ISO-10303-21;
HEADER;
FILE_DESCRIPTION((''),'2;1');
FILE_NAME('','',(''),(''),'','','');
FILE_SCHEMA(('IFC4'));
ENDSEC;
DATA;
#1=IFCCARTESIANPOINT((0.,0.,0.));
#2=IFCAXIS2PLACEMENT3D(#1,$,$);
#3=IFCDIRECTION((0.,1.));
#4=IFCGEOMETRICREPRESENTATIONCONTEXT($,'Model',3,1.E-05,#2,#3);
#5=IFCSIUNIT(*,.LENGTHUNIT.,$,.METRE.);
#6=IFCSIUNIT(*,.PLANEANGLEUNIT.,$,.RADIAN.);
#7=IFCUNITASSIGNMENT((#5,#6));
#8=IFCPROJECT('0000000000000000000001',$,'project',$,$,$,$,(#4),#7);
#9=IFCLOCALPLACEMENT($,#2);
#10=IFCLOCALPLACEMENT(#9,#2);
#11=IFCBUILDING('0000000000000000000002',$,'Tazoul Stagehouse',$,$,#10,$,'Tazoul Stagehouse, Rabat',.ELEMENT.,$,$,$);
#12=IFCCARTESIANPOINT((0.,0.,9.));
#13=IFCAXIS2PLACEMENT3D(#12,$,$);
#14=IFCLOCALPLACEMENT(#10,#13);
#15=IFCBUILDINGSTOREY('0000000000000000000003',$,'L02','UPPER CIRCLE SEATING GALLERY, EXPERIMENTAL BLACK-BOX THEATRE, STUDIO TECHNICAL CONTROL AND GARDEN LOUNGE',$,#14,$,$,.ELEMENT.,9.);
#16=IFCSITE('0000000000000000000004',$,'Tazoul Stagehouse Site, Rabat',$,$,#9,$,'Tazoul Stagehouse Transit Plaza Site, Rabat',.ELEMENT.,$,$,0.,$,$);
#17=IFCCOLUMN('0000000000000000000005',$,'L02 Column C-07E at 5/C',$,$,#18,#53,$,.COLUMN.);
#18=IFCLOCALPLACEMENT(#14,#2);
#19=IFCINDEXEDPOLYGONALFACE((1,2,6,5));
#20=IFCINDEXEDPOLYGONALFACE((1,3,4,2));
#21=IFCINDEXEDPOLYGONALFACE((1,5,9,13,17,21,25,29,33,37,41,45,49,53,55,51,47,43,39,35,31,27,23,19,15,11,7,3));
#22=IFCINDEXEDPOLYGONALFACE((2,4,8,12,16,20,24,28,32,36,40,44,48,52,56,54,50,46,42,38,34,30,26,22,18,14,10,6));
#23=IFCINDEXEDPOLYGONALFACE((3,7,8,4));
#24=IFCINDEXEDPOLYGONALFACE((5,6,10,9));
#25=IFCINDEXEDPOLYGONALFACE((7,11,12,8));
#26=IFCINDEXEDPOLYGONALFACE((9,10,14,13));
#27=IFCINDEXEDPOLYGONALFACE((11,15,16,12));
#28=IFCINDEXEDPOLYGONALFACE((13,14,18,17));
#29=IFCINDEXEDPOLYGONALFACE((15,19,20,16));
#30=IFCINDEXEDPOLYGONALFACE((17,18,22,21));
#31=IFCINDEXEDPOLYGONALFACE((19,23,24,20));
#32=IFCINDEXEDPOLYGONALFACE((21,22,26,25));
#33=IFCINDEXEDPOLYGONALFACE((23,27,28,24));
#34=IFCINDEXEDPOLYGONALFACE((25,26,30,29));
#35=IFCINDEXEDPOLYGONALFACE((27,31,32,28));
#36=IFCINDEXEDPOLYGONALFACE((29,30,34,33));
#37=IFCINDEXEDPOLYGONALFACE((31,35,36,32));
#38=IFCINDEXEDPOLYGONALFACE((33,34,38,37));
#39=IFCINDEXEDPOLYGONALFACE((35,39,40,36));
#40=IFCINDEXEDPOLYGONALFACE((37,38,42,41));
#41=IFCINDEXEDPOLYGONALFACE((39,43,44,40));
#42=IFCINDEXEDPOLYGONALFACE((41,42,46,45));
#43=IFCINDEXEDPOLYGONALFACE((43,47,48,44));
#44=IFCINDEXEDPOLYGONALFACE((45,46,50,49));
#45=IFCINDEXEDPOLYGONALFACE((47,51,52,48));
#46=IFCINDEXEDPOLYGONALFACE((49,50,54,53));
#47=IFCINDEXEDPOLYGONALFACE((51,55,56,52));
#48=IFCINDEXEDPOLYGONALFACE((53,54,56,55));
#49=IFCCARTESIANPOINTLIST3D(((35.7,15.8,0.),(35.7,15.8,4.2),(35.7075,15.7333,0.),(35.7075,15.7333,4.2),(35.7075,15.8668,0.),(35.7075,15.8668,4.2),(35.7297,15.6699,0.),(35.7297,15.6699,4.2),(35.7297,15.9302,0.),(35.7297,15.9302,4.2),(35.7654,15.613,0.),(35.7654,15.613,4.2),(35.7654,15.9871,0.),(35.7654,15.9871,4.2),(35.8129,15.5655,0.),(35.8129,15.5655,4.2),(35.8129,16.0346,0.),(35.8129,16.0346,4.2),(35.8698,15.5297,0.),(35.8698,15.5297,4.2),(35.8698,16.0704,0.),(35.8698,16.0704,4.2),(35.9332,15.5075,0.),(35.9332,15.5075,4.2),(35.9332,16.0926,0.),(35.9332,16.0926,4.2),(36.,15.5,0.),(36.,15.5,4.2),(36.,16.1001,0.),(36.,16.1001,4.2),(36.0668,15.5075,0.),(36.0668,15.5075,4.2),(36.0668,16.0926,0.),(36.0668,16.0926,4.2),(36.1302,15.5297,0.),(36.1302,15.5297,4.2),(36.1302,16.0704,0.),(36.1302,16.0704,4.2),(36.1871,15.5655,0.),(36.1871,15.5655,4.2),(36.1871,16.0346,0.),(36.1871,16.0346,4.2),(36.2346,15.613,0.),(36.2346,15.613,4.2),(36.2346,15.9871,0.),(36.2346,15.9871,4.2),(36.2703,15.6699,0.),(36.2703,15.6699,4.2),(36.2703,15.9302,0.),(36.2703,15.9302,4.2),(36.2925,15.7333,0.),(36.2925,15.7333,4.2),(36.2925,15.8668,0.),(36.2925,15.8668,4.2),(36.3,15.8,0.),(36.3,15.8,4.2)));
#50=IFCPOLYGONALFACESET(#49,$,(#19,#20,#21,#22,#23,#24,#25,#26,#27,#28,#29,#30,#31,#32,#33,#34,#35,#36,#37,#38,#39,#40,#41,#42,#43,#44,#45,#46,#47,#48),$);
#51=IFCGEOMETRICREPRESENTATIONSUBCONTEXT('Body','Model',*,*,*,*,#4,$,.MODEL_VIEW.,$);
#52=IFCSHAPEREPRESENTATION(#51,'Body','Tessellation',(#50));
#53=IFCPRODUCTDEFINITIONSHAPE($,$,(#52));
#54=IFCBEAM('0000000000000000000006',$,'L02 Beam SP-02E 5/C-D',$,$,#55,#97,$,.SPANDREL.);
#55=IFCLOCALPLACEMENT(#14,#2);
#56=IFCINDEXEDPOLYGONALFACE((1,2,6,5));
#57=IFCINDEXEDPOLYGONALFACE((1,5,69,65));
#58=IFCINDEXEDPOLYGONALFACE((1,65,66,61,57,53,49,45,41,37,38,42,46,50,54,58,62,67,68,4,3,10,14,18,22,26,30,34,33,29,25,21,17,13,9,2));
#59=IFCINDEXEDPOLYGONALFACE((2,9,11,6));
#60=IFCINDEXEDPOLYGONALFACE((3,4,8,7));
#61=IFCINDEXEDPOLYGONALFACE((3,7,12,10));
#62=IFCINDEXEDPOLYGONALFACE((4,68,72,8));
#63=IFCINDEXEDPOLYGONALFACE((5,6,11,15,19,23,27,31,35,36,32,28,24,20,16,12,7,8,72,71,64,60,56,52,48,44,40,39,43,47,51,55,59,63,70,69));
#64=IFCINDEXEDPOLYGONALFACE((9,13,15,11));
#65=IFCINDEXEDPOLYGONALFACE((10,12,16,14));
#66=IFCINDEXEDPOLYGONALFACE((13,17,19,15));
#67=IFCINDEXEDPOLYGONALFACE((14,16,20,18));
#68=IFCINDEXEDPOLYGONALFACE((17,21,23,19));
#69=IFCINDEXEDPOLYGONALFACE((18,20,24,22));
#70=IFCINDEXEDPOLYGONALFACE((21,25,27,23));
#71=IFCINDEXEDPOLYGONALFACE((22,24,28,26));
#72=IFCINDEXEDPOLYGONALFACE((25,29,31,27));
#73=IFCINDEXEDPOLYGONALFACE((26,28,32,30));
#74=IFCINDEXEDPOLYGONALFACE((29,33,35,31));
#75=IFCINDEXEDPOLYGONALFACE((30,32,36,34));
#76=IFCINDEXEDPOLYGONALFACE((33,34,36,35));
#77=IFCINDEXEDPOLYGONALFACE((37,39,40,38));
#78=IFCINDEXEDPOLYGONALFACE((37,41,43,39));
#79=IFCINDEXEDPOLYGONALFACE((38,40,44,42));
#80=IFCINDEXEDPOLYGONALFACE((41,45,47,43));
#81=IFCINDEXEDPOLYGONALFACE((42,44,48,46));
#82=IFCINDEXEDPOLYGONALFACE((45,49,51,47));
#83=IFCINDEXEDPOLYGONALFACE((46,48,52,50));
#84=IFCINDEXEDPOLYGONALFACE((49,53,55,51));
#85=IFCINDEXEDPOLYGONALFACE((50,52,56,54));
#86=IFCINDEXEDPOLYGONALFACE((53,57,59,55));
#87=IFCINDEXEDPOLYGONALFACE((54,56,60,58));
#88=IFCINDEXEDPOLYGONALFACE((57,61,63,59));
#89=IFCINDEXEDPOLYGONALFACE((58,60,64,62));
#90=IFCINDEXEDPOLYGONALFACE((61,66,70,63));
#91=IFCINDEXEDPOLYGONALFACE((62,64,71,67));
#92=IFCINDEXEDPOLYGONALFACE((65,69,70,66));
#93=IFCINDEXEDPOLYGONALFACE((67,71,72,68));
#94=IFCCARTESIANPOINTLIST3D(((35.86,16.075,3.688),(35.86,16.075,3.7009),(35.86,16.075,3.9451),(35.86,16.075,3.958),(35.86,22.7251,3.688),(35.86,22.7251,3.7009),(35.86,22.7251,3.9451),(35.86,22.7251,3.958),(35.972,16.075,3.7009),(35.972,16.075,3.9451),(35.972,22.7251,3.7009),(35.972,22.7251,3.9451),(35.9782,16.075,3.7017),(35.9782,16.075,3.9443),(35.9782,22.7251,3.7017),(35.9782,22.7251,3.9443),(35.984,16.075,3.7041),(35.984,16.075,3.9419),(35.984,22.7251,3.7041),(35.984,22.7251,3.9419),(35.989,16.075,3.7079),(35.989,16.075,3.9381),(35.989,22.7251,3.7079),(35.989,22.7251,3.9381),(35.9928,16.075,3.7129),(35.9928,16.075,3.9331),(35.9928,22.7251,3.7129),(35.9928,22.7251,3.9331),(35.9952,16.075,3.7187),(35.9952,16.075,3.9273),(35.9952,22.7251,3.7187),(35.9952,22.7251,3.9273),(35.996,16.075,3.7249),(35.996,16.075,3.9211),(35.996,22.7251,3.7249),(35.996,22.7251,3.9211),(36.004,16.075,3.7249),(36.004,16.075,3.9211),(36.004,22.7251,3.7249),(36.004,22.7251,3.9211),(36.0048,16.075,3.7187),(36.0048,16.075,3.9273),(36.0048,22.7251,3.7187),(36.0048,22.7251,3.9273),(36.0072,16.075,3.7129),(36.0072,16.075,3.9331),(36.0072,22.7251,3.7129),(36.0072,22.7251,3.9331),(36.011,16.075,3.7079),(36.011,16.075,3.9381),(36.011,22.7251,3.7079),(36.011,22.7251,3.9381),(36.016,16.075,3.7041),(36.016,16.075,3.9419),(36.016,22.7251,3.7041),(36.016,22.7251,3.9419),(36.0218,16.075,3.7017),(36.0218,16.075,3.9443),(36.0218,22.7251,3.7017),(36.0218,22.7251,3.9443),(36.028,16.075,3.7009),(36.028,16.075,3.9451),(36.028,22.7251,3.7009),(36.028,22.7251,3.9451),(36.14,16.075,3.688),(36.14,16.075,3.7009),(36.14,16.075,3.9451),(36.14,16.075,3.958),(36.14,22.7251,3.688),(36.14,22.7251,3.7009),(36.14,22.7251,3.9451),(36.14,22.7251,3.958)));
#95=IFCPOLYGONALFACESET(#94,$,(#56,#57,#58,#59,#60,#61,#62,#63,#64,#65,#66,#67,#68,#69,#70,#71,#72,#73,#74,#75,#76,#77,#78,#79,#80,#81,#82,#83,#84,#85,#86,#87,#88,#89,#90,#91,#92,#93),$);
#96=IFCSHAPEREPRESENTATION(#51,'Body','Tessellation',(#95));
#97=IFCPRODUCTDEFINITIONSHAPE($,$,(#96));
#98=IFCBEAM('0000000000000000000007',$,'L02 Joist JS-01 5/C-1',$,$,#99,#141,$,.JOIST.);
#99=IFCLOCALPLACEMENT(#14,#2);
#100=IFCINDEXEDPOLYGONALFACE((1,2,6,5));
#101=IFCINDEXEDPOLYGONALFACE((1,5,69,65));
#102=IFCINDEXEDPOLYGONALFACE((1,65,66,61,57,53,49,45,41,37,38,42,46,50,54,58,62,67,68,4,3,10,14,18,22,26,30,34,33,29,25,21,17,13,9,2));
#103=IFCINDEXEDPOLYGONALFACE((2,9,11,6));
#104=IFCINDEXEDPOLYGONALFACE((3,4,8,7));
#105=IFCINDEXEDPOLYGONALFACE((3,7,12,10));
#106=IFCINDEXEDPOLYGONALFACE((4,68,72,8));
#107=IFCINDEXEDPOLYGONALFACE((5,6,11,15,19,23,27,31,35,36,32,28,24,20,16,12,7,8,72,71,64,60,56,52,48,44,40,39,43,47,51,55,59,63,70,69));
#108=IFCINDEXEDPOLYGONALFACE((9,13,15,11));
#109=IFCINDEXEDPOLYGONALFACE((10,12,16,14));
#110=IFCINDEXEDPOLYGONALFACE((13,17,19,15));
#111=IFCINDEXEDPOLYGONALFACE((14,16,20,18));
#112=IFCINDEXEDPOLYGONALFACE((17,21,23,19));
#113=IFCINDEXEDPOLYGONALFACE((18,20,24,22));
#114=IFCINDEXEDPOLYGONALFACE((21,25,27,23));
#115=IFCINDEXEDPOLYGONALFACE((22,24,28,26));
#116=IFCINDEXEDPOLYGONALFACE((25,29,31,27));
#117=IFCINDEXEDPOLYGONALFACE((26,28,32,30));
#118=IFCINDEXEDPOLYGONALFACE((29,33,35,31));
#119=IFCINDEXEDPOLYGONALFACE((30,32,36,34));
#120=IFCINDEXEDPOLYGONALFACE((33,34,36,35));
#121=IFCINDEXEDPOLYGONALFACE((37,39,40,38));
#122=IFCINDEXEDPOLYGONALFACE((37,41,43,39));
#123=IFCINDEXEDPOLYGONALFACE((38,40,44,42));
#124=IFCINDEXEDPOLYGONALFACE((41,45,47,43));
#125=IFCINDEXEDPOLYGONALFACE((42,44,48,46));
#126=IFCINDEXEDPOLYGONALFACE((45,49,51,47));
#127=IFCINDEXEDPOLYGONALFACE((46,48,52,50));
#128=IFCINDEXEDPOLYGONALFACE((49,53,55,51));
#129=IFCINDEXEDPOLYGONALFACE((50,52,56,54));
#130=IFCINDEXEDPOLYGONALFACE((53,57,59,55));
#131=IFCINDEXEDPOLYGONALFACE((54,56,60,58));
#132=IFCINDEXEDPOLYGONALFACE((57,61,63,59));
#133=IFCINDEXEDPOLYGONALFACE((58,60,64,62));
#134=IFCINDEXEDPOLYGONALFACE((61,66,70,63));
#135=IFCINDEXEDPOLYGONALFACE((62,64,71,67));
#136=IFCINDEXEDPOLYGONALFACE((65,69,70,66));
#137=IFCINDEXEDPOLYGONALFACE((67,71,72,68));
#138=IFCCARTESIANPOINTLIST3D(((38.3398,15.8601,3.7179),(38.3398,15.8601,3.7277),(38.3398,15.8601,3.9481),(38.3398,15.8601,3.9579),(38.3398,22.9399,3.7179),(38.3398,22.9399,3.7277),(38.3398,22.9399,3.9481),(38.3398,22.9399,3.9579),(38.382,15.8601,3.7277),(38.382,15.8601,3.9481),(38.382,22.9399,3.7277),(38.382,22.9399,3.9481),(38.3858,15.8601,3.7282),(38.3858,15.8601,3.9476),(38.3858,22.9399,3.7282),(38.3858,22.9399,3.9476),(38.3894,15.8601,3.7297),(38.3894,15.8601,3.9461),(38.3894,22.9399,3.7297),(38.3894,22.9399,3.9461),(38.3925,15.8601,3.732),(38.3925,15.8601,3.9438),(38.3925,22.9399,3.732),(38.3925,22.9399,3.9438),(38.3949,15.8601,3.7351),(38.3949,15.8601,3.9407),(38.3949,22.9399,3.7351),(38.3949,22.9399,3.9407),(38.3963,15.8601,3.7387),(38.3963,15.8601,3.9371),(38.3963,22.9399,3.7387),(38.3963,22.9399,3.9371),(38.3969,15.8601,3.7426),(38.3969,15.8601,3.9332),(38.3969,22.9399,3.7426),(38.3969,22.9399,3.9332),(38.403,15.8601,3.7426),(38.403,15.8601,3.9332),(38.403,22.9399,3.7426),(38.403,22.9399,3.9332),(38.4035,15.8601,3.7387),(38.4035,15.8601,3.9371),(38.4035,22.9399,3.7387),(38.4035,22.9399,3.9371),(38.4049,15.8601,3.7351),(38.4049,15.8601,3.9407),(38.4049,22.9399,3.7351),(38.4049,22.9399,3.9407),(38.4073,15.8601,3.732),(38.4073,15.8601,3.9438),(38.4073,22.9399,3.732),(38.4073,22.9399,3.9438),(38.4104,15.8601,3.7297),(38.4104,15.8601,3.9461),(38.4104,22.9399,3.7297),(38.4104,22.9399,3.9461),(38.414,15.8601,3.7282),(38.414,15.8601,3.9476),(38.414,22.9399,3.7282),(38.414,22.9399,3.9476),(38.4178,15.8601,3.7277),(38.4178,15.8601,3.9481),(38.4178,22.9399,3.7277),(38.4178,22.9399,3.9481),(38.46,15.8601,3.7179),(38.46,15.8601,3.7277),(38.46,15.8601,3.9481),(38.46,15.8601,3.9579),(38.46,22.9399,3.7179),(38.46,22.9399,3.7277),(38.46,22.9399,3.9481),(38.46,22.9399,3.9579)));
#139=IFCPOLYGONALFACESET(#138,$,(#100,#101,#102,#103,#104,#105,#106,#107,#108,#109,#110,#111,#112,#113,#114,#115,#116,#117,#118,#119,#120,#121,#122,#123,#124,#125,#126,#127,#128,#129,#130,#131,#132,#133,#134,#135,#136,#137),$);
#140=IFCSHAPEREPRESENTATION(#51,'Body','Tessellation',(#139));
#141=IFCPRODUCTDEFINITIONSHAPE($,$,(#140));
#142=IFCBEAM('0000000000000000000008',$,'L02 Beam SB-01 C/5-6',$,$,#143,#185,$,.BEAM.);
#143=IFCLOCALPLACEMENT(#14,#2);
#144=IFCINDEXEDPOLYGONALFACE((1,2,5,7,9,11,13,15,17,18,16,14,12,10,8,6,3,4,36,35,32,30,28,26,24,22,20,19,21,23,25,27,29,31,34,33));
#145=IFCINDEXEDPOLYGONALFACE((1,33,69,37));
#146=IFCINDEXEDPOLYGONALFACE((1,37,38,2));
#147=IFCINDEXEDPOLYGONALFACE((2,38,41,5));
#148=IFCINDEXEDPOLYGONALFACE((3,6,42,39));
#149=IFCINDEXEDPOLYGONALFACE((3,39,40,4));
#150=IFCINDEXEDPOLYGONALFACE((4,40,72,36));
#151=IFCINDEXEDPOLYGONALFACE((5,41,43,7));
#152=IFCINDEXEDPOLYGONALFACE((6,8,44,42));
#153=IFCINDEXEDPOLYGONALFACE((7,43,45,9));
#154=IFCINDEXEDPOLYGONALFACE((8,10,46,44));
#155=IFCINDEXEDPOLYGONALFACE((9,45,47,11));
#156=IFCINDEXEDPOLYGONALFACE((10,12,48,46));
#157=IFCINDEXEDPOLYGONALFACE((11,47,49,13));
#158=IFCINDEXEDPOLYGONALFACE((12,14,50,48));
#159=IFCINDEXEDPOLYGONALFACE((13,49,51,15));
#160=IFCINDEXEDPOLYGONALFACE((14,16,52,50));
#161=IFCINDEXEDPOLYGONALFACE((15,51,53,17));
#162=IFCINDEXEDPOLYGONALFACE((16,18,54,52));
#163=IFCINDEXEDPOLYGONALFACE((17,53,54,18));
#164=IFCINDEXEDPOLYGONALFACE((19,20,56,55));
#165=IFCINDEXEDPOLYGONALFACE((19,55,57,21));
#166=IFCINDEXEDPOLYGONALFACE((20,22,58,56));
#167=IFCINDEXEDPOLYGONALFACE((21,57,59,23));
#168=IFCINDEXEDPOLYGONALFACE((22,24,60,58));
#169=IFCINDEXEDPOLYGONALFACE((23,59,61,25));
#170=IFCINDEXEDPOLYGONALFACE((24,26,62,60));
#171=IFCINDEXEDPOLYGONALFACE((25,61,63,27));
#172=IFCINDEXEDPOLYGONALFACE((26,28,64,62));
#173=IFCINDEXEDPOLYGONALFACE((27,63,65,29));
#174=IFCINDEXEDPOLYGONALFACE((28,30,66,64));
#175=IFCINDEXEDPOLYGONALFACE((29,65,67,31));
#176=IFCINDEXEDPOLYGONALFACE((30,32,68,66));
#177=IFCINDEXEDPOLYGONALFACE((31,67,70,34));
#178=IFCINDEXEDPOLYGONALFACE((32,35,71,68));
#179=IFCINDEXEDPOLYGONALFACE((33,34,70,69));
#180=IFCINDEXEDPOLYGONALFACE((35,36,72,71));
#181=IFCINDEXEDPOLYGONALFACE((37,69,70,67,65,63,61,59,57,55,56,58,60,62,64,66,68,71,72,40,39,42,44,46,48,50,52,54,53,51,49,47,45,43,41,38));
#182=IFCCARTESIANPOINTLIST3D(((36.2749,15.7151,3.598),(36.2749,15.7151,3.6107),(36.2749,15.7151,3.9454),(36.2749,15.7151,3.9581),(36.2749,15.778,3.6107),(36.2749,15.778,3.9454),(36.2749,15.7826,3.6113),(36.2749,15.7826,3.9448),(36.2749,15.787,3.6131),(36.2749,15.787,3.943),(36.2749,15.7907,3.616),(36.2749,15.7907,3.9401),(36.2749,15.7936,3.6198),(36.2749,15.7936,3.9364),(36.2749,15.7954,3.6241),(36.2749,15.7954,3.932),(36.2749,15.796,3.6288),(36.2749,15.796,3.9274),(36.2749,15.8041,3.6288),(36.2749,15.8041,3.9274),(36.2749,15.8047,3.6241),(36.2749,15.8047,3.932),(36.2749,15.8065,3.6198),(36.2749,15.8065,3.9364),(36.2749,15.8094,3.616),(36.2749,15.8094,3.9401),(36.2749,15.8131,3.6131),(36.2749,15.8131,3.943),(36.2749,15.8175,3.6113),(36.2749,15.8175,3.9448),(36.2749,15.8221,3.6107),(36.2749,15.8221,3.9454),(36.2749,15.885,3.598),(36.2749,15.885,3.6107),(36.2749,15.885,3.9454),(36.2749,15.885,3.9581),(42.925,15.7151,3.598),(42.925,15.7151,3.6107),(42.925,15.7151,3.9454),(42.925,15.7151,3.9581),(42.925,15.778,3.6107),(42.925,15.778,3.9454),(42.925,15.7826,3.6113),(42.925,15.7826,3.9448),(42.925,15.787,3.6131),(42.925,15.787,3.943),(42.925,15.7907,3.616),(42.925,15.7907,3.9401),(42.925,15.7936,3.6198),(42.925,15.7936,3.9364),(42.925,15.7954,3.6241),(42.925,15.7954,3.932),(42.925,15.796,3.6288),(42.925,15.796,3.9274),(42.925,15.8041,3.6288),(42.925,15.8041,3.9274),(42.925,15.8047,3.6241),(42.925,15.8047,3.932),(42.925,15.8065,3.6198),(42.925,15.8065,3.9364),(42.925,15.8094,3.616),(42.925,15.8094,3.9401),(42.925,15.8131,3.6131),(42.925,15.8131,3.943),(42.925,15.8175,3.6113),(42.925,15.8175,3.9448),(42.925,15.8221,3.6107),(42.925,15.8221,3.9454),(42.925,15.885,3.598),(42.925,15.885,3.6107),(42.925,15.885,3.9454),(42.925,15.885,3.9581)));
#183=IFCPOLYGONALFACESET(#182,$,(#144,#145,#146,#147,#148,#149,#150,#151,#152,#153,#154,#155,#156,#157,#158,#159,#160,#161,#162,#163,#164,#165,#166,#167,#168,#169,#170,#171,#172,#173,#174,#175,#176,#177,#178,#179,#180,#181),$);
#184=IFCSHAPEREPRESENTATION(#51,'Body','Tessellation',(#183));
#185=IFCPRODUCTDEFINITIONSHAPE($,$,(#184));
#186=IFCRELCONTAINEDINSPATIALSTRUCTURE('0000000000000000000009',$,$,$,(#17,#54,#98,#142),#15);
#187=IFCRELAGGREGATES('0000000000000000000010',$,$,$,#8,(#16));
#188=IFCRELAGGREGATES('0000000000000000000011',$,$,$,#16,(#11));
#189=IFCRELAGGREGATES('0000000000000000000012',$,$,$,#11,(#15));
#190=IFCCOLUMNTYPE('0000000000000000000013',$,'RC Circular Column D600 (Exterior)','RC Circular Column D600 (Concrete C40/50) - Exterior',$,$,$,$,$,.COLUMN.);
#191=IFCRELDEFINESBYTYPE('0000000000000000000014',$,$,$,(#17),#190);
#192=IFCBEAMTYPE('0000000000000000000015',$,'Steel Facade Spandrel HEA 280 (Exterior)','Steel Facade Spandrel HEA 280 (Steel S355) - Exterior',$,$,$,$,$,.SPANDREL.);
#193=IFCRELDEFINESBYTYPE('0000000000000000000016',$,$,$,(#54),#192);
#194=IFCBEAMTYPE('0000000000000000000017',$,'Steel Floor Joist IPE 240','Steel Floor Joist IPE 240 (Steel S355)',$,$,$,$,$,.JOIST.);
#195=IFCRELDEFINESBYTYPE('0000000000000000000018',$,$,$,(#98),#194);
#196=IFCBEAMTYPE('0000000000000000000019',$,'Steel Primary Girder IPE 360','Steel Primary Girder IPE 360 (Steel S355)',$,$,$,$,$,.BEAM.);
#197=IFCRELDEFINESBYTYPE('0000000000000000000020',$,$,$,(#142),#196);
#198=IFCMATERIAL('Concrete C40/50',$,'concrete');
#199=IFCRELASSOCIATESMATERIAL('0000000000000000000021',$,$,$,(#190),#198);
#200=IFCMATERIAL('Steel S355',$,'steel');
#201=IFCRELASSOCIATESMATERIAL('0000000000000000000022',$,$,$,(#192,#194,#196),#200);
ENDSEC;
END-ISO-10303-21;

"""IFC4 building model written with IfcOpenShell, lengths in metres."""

from ifc_helpers import new_model, si_unit, direction, frame, origin, origin_2d, place, context, subcontext, project, spatial, circle, i_section, extrude, material, material_profile, profile_set, type_object, element, save


model = new_model("IFC4")

# Units and contexts
model_context = context("Model", 3, precision=1e-05, world=origin(), true_north=direction((0.0, 1.0)))
body_context = subcontext(model_context, "Body", "Model", "MODEL_VIEW")
ifc_project = project(units=[si_unit("LENGTHUNIT", "METRE"), si_unit("PLANEANGLEUNIT", "RADIAN")], contexts=[model_context])

# Site, building, storey
site_placement = place(None, origin())
site = spatial("IfcSite", under=ifc_project, at=site_placement, Name="Tazoul Stagehouse Site, Rabat", LongName="Tazoul Stagehouse Transit Plaza Site, Rabat", CompositionType="ELEMENT", RefElevation=0.0)
building_placement = place(site_placement, origin())
building = spatial("IfcBuilding", under=site, at=building_placement, Name="Tazoul Stagehouse", LongName="Tazoul Stagehouse, Rabat", CompositionType="ELEMENT")
storey_placement = place(building_placement, frame((0.0, 0.0, 9.0)))
storey = spatial("IfcBuildingStorey", under=building, at=storey_placement, Name="L02", Description="UPPER CIRCLE SEATING GALLERY, EXPERIMENTAL BLACK-BOX THEATRE, STUDIO TECHNICAL CONTROL AND GARDEN LOUNGE", CompositionType="ELEMENT", Elevation=9.0)

# Column
ifc_material_1 = material(Name="Concrete C40/50", Category="concrete")
ifc_material_profile_1 = material_profile(ifc_material_1, circle(Radius=0.3, at=origin_2d()), Name="RC D600")
ifc_profile_set_1 = profile_set([ifc_material_profile_1], Name="Concrete C40/50")
column_type = type_object("IfcColumnType", Name="RC Circular Column D600 (Exterior)", Description="RC Circular Column D600 (Concrete C40/50) - Exterior", PredefinedType="COLUMN", material=ifc_profile_set_1)
column_placement = place(storey_placement, frame((36.0, 15.8, 0.0), z_axis=(0.0, 0.0, 1.0), x_axis=(1.0, 0.0, 0.0)))
element("IfcColumn", 1, at=column_placement, inside=storey, type_object=column_type, Name="L02 Column C-07E at 5/C", PredefinedType="COLUMN", context=body_context, shape_type="SweptSolid", body=[
    extrude(circle(Radius=0.3, at=origin_2d()), origin(), (0.0, 0.0, 1.0), 4.2),
])

# Beams
ifc_material_2 = material(Name="Steel S355", Category="steel")
ifc_material_profile_2 = material_profile(ifc_material_2, i_section(OverallWidth=0.28, OverallDepth=0.27, WebThickness=0.0081, FlangeThickness=0.0129, FilletRadius=0.0239, at=origin_2d()), Name="HEA 280")
ifc_profile_set_2 = profile_set([ifc_material_profile_2], Name="Steel S355")
beam_type_1 = type_object("IfcBeamType", Name="Steel Facade Spandrel HEA 280 (Exterior)", Description="Steel Facade Spandrel HEA 280 (Steel S355) - Exterior", PredefinedType="SPANDREL", material=ifc_profile_set_2)
beam_1_placement = place(storey_placement, frame((36.0, 16.075, 3.823), z_axis=(0.0, 1.0, 0.0), x_axis=(-1.0, 0.0, 0.0)))
element("IfcBeam", 2, at=beam_1_placement, inside=storey, type_object=beam_type_1, Name="L02 Beam SP-02E 5/C-D", PredefinedType="SPANDREL", context=body_context, shape_type="SweptSolid", body=[
    extrude(i_section(OverallWidth=0.28, OverallDepth=0.27, WebThickness=0.0081, FlangeThickness=0.0129, FilletRadius=0.0239, at=origin_2d()), origin(), (0.0, 0.0, 1.0), 6.6501),
])
ifc_material_profile_3 = material_profile(ifc_material_2, i_section(OverallWidth=0.1201, OverallDepth=0.24, WebThickness=0.0061, FlangeThickness=0.0098, FilletRadius=0.0149, at=origin_2d()), Name="IPE 240")
ifc_profile_set_3 = profile_set([ifc_material_profile_3], Name="Steel S355")
beam_type_2 = type_object("IfcBeamType", Name="Steel Floor Joist IPE 240", Description="Steel Floor Joist IPE 240 (Steel S355)", PredefinedType="JOIST", material=ifc_profile_set_3)
beam_2_placement = place(storey_placement, frame((38.3999, 15.8601, 3.8379), z_axis=(0.0, 1.0, 0.0), x_axis=(-1.0, 0.0, 0.0)))
element("IfcBeam", 3, at=beam_2_placement, inside=storey, type_object=beam_type_2, Name="L02 Joist JS-01 5/C-1", PredefinedType="JOIST", context=body_context, shape_type="SweptSolid", body=[
    extrude(i_section(OverallWidth=0.1201, OverallDepth=0.24, WebThickness=0.0061, FlangeThickness=0.0098, FilletRadius=0.0149, at=origin_2d()), origin(), (0.0, 0.0, 1.0), 7.0798),
])
ifc_material_profile_4 = material_profile(ifc_material_2, i_section(OverallWidth=0.1699, OverallDepth=0.3601, WebThickness=0.0081, FlangeThickness=0.0127, FilletRadius=0.0181, at=origin_2d()), Name="IPE 360")
ifc_profile_set_4 = profile_set([ifc_material_profile_4], Name="Steel S355")
beam_type_3 = type_object("IfcBeamType", Name="Steel Primary Girder IPE 360", Description="Steel Primary Girder IPE 360 (Steel S355)", PredefinedType="BEAM", material=ifc_profile_set_4)
beam_3_placement = place(storey_placement, frame((36.2749, 15.8, 3.7781), z_axis=(1.0, 0.0, 0.0), x_axis=(0.0, 1.0, 0.0)))
element("IfcBeam", 4, at=beam_3_placement, inside=storey, type_object=beam_type_3, Name="L02 Beam SB-01 C/5-6", PredefinedType="BEAM", context=body_context, shape_type="SweptSolid", body=[
    extrude(i_section(OverallWidth=0.1699, OverallDepth=0.3601, WebThickness=0.0081, FlangeThickness=0.0127, FilletRadius=0.0181, at=origin_2d()), origin(), (0.0, 0.0, 1.0), 6.6501),
])

save(model, "model.ifc")
